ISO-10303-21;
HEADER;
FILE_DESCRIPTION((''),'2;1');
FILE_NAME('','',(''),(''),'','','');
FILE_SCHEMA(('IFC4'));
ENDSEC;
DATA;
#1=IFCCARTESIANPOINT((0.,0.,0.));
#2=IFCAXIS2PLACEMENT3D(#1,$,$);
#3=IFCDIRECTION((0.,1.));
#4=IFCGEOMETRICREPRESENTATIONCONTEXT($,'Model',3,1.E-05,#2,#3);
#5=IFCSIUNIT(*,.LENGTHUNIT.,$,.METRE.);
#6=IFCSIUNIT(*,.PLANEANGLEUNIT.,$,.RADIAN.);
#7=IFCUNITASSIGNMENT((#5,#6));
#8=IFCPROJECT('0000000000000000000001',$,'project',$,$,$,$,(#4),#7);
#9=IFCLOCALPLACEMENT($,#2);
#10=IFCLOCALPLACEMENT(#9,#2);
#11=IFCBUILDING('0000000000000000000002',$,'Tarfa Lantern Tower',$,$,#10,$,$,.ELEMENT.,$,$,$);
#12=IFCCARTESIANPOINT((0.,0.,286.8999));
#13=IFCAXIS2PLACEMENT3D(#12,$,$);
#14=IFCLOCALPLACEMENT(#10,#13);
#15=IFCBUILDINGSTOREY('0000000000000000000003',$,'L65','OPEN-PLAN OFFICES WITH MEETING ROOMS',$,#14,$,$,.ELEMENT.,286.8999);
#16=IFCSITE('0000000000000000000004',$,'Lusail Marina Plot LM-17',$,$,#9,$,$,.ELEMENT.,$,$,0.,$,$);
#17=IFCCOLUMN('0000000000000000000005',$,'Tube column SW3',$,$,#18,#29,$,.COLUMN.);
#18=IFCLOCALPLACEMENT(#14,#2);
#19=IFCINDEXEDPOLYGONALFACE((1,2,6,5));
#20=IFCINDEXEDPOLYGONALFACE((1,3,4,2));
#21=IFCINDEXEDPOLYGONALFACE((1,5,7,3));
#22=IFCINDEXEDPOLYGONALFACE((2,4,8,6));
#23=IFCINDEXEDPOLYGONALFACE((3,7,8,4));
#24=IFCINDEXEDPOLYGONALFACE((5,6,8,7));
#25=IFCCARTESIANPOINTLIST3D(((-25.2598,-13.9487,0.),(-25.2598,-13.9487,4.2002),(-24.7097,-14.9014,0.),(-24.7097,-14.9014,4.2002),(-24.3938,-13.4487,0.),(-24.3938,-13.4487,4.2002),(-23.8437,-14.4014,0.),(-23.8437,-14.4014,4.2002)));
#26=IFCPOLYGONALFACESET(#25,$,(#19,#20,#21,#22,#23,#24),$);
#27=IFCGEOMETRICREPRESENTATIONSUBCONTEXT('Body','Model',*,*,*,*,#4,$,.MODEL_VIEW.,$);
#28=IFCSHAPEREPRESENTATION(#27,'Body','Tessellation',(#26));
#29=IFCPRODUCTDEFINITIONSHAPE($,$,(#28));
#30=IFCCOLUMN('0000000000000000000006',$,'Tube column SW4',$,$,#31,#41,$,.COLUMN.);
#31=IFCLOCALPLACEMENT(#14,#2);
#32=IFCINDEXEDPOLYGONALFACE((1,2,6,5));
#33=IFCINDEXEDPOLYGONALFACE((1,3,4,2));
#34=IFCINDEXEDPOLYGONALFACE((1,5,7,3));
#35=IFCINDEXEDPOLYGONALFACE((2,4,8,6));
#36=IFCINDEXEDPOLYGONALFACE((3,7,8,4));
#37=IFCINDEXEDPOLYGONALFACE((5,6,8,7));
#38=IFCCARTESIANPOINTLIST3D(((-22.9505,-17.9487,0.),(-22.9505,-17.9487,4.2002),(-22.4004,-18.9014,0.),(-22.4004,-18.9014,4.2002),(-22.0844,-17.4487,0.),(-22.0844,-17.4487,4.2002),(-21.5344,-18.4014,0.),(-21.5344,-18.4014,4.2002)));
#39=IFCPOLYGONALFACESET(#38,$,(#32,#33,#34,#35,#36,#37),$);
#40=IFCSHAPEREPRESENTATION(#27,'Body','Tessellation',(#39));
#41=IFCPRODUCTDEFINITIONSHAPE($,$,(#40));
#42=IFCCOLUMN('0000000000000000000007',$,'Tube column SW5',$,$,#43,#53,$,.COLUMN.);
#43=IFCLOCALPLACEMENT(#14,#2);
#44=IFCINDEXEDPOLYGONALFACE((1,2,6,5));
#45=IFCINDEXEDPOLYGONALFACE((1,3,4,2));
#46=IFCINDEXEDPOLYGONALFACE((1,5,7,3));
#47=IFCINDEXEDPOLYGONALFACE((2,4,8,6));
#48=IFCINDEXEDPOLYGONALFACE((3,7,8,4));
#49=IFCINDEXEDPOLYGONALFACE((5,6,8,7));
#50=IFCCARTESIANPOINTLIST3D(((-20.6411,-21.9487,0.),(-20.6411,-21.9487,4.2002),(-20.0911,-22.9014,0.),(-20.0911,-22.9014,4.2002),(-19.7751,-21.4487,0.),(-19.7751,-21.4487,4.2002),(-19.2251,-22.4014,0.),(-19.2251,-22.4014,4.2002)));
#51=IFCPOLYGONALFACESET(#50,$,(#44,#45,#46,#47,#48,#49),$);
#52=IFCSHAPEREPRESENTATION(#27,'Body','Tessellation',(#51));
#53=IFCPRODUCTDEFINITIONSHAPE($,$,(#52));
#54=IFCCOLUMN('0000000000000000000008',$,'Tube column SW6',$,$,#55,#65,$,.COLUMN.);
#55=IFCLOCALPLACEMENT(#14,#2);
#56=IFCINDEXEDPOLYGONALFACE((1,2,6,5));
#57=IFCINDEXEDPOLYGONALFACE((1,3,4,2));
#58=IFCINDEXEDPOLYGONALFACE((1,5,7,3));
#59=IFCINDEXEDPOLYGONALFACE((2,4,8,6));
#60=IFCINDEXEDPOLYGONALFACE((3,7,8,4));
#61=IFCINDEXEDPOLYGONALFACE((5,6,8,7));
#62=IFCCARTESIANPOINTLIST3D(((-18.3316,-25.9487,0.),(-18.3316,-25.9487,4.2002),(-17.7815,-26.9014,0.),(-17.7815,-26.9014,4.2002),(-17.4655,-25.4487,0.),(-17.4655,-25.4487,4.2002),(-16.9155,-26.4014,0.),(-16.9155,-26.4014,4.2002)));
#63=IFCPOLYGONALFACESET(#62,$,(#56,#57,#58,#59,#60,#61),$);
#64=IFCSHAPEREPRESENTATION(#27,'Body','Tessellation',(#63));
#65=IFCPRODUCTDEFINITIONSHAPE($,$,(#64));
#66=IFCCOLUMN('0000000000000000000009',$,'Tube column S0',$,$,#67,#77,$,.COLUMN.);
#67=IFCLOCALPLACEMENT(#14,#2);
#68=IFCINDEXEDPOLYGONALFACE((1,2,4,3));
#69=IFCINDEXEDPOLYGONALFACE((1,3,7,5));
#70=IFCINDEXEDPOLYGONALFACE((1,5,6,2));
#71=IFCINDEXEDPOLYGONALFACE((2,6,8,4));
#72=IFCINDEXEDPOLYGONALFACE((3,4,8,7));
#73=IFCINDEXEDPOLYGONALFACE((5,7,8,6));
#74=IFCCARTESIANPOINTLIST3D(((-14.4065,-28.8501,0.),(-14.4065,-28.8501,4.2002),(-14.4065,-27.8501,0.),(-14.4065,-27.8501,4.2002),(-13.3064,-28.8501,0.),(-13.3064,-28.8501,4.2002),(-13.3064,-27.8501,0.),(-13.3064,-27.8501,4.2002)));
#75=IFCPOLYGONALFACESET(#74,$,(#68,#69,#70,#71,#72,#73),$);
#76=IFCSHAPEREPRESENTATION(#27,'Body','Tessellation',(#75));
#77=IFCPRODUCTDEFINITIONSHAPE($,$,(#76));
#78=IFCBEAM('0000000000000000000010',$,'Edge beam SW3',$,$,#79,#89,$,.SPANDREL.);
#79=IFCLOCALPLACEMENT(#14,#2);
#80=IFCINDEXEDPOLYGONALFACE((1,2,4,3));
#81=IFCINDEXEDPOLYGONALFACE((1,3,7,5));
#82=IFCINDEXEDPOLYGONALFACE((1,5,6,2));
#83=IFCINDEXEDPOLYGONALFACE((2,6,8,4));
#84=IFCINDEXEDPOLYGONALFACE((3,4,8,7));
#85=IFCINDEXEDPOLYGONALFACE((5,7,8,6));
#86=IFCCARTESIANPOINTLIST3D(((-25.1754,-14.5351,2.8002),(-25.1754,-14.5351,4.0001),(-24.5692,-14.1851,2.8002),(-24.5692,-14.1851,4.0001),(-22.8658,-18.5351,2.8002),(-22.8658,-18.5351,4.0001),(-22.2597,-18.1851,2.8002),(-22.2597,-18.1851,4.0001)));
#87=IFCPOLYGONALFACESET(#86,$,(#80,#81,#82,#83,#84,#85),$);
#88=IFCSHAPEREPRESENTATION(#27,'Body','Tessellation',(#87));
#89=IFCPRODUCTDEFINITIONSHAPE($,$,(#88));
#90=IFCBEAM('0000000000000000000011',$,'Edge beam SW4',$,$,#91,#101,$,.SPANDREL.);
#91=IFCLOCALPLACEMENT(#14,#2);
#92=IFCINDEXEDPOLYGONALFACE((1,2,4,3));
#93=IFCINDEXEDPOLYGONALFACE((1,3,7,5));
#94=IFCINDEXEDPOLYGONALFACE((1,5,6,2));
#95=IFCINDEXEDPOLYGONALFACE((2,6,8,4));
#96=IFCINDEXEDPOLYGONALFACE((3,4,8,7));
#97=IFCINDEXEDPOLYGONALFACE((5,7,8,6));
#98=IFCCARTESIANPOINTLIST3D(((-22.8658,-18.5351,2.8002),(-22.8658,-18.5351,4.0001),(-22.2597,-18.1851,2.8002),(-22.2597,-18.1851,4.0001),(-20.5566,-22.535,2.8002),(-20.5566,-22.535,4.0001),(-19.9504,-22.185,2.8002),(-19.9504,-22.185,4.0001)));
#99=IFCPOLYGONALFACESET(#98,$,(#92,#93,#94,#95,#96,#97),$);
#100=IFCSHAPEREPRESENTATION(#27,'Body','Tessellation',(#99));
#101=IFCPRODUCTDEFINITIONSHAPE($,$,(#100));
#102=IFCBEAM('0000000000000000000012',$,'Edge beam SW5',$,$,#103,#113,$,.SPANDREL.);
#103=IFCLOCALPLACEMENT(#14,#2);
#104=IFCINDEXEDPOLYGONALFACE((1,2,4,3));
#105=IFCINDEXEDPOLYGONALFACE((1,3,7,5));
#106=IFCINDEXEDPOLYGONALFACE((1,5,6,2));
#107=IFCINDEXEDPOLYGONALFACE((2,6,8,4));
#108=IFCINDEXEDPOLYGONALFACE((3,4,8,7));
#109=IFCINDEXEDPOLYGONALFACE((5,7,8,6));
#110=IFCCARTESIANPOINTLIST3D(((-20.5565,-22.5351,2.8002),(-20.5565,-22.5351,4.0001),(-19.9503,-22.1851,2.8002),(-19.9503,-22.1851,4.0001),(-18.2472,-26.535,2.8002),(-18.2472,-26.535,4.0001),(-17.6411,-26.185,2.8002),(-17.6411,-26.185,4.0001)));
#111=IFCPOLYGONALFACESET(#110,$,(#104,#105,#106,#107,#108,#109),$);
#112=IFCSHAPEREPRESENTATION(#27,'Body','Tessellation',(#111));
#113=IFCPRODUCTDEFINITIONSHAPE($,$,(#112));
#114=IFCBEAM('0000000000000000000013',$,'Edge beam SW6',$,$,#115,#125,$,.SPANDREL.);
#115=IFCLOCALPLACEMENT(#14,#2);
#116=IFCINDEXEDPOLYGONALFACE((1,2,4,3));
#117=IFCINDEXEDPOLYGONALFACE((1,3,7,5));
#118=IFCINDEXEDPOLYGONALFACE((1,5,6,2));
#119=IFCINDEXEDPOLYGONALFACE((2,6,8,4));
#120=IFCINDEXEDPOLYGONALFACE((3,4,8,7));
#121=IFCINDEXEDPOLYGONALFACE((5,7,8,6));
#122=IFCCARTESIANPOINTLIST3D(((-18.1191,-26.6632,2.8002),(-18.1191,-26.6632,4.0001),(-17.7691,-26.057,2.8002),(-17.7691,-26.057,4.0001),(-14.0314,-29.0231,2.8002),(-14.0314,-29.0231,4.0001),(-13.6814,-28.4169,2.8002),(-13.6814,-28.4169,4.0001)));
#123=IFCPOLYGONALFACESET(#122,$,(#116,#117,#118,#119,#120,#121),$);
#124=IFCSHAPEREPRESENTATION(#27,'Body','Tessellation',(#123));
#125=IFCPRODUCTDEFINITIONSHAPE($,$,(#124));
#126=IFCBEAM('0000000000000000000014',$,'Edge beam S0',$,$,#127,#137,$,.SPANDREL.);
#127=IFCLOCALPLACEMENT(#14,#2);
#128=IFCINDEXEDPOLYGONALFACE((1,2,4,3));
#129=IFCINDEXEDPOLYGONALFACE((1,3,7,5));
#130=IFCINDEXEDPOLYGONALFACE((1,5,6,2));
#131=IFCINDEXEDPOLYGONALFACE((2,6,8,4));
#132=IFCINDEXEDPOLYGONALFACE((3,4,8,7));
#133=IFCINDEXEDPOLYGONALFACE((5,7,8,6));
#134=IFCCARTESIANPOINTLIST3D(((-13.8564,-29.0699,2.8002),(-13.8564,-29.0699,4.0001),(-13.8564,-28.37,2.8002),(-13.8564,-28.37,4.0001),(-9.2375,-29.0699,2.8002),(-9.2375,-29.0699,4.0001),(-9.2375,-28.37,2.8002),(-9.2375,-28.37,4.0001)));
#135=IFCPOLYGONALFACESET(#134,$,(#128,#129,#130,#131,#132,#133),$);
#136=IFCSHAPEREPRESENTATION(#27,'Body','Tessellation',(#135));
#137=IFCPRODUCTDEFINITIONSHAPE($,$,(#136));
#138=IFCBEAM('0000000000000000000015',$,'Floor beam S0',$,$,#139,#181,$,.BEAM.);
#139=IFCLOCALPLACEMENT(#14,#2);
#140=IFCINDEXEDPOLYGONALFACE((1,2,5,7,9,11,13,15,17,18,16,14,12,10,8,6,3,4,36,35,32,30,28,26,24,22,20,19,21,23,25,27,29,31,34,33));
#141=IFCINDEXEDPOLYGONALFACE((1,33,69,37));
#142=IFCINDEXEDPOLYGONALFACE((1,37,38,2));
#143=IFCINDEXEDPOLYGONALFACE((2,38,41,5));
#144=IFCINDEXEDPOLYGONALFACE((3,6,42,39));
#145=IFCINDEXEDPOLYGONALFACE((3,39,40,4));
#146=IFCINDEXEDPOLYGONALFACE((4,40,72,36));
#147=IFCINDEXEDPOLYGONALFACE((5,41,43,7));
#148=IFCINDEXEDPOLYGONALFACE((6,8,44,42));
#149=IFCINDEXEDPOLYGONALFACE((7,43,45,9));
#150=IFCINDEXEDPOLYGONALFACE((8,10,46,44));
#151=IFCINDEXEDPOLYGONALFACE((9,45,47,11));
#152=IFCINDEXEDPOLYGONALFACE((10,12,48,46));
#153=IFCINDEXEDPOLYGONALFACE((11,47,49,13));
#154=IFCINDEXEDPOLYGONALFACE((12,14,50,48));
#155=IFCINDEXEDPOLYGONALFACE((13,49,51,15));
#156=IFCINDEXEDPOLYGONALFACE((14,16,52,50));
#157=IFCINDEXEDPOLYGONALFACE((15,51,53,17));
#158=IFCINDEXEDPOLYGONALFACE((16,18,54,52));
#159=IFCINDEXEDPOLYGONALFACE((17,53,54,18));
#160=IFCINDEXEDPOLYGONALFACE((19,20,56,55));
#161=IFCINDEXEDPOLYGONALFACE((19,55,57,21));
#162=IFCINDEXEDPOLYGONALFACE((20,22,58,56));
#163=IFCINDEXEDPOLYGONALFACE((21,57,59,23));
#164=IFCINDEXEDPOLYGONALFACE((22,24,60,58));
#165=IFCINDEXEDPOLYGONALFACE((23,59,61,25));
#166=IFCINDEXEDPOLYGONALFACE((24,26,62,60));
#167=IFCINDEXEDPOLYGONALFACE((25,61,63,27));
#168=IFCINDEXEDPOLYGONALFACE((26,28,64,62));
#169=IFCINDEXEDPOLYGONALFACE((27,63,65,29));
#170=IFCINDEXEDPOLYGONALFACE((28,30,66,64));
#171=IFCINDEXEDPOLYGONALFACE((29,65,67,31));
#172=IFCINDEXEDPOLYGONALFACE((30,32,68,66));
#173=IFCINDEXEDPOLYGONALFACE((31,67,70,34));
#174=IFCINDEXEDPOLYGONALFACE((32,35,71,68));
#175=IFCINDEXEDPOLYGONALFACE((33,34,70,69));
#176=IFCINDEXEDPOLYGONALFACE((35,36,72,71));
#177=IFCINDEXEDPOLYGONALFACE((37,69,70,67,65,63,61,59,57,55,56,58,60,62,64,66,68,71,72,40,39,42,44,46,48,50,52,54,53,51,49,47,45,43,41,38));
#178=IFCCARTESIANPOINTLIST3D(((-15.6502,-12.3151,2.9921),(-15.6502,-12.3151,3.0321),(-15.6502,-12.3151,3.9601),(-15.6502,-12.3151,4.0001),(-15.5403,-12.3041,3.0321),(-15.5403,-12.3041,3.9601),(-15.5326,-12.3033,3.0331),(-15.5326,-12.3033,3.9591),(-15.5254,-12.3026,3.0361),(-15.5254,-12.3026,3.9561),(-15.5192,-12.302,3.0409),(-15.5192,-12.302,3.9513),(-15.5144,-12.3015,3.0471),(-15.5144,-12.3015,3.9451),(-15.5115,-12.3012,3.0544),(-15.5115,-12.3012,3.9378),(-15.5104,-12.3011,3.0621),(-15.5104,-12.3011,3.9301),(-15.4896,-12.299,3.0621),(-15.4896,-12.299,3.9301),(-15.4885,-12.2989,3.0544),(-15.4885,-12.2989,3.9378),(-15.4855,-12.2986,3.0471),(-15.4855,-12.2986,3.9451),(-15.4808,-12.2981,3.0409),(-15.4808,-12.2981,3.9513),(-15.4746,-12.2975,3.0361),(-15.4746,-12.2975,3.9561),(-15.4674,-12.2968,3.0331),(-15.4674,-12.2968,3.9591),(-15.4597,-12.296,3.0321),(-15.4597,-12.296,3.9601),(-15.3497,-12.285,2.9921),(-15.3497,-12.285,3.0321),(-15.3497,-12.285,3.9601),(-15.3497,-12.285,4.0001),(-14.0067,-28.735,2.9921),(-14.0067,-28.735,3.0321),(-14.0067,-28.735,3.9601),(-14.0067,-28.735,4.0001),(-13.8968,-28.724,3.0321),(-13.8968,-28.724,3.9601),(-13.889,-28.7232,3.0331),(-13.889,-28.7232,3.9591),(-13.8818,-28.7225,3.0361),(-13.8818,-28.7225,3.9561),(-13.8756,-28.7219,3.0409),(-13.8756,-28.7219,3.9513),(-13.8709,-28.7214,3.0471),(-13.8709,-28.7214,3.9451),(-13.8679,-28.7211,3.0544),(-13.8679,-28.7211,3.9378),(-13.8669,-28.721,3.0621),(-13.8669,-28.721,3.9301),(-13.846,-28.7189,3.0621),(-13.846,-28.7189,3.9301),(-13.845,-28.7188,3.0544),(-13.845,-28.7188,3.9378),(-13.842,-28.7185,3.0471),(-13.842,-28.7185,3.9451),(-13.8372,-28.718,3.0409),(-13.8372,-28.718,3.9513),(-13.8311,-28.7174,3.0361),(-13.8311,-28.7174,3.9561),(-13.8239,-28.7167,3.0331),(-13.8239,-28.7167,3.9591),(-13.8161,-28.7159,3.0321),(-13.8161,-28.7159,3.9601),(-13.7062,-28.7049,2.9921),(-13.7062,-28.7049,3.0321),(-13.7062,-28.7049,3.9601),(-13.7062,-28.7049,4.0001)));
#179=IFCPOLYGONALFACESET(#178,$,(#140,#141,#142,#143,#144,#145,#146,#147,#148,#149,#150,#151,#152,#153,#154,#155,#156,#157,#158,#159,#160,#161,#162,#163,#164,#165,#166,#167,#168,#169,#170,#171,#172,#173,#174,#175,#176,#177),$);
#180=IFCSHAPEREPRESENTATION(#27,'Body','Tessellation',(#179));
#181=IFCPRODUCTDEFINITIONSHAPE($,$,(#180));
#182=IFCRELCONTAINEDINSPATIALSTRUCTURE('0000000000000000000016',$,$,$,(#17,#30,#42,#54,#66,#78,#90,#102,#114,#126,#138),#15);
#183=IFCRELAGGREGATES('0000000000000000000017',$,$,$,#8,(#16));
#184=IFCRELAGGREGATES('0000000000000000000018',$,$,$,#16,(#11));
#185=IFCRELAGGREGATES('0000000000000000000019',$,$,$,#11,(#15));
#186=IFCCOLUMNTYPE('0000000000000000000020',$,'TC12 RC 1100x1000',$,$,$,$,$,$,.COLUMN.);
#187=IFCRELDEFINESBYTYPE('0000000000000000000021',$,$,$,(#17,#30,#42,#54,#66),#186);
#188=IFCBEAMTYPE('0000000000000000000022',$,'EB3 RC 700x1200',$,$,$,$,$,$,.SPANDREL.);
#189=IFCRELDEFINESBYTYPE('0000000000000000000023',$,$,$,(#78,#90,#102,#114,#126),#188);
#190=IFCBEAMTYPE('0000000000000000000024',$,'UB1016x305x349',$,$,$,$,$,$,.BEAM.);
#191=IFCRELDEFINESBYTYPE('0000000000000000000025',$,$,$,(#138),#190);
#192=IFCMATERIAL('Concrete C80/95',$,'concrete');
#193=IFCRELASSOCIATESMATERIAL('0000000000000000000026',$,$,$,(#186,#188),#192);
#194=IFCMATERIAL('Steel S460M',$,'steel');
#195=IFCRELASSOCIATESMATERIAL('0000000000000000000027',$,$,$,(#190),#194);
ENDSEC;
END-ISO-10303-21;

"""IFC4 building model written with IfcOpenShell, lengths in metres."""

from ifc_helpers import new_model, si_unit, direction, frame, origin, origin_2d, place, context, subcontext, project, spatial, rectangle, i_section, extrude, material, material_profile, profile_set, type_object, element, save


model = new_model("IFC4")

# Units and contexts
model_context = context("Model", 3, precision=1e-05, world=origin(), true_north=direction((0.0, 1.0)))
body_context = subcontext(model_context, "Body", "Model", "MODEL_VIEW")
ifc_project = project(units=[si_unit("LENGTHUNIT", "METRE"), si_unit("PLANEANGLEUNIT", "RADIAN")], contexts=[model_context])

# Site, building, storey
site_placement = place(None, origin())
site = spatial("IfcSite", under=ifc_project, at=site_placement, Name="Lusail Marina Plot LM-17", CompositionType="ELEMENT", RefElevation=0.0)
building_placement = place(site_placement, origin())
building = spatial("IfcBuilding", under=site, at=building_placement, Name="Tarfa Lantern Tower", CompositionType="ELEMENT")
storey_placement = place(building_placement, frame((0.0, 0.0, 286.8999)))
storey = spatial("IfcBuildingStorey", under=building, at=storey_placement, Name="L65", Description="OPEN-PLAN OFFICES WITH MEETING ROOMS", CompositionType="ELEMENT", Elevation=286.8999)

# Columns
ifc_material_1 = material(Name="Concrete C80/95", Category="concrete")
ifc_material_profile_1 = material_profile(ifc_material_1, rectangle(XDim=1.1001, YDim=1.0, at=origin_2d()), Name="RC 1100x1000")
ifc_profile_set_1 = profile_set([ifc_material_profile_1], Name="Concrete C80/95")
column_type = type_object("IfcColumnType", Name="TC12 RC 1100x1000", PredefinedType="COLUMN", material=ifc_profile_set_1)
for number, where, z_axis, x_axis, name in (
    (1, (-24.5518, -14.175, 0.0), (0.0, 0.0, 1.0), (0.5, -0.866025, 0.0), "Tube column SW3"),
    (2, (-22.2424, -18.175, 0.0), (0.0, 0.0, 1.0), (0.5, -0.866025, 0.0), "Tube column SW4"),
    (3, (-19.9331, -22.175, 0.0), (0.0, 0.0, 1.0), (0.5, -0.866025, 0.0), "Tube column SW5"),
    (4, (-17.6235, -26.175, 0.0), (0.0, 0.0, 1.0), (0.5, -0.866025, 0.0), "Tube column SW6"),
    (5, (-13.8564, -28.3501, 0.0), (0.0, 0.0, 1.0), (1.0, 0.0, 0.0), "Tube column S0"),
):
    element("IfcColumn", number, at=place(storey_placement, frame(where, z_axis=z_axis, x_axis=x_axis)), inside=storey, type_object=column_type, Name=name, PredefinedType="COLUMN", context=body_context, shape_type="SweptSolid", body=[
        extrude(rectangle(XDim=1.1001, YDim=1.0, at=origin_2d()), origin(), (0.0, 0.0, 1.0), 4.2002),
    ])

# Beams
ifc_material_profile_2 = material_profile(ifc_material_1, rectangle(XDim=0.7, YDim=1.2, at=origin_2d()), Name="RC 700x1200")
ifc_profile_set_2 = profile_set([ifc_material_profile_2], Name="Concrete C80/95")
beam_type_1 = type_object("IfcBeamType", Name="EB3 RC 700x1200", PredefinedType="SPANDREL", material=ifc_profile_set_2)
beam_1_placement = place(storey_placement, frame((-24.8723, -14.3601, 3.4001), z_axis=(0.500027, -0.86601, 0.0), x_axis=(0.86601, 0.500027, 0.0)))
element("IfcBeam", 6, at=beam_1_placement, inside=storey, type_object=beam_type_1, Name="Edge beam SW3", PredefinedType="SPANDREL", context=body_context, shape_type="SweptSolid", body=[
    extrude(rectangle(XDim=0.7, YDim=1.2, at=origin_2d()), origin(), (0.0, 0.0, 1.0), 4.6189),
])
for number, where, z_axis, x_axis, name in (
    (7, (-22.5627, -18.3601, 3.4001), (0.499988, -0.866032, 0.0), (0.866032, 0.499988, 0.0), "Edge beam SW4"),
    (8, (-20.2534, -22.3601, 3.4001), (0.499988, -0.866032, 0.0), (0.866032, 0.499988, 0.0), "Edge beam SW5"),
):
    element("IfcBeam", number, at=place(storey_placement, frame(where, z_axis=z_axis, x_axis=x_axis)), inside=storey, type_object=beam_type_1, Name=name, PredefinedType="SPANDREL", context=body_context, shape_type="SweptSolid", body=[
        extrude(rectangle(XDim=0.7, YDim=1.2, at=origin_2d()), origin(), (0.0, 0.0, 1.0), 4.6187),
    ])
beam_2_placement = place(storey_placement, frame((-17.9441, -26.3601, 3.4001), z_axis=(0.866038, -0.499978, 0.0), x_axis=(0.499978, 0.866038, 0.0)))
element("IfcBeam", 9, at=beam_2_placement, inside=storey, type_object=beam_type_1, Name="Edge beam SW6", PredefinedType="SPANDREL", context=body_context, shape_type="SweptSolid", body=[
    extrude(rectangle(XDim=0.7, YDim=1.2, at=origin_2d()), origin(), (0.0, 0.0, 1.0), 4.72),
])
beam_3_placement = place(storey_placement, frame((-13.8564, -28.72, 3.4001), z_axis=(1.0, 0.0, 0.0), x_axis=(0.0, 1.0, 0.0)))
element("IfcBeam", 10, at=beam_3_placement, inside=storey, type_object=beam_type_1, Name="Edge beam S0", PredefinedType="SPANDREL", context=body_context, shape_type="SweptSolid", body=[
    extrude(rectangle(XDim=0.7, YDim=1.2, at=origin_2d()), origin(), (0.0, 0.0, 1.0), 4.6189),
])
ifc_material_2 = material(Name="Steel S460M", Category="steel")
ifc_material_profile_3 = material_profile(ifc_material_2, i_section(OverallWidth=0.302, OverallDepth=1.0081, WebThickness=0.021, FlangeThickness=0.04, FilletRadius=0.03, at=origin_2d()), Name="UB1016x305x349")
ifc_profile_set_3 = profile_set([ifc_material_profile_3], Name="Steel S460M")
beam_type_2 = type_object("IfcBeamType", Name="UB1016x305x349", PredefinedType="BEAM", material=ifc_profile_set_3)
beam_4_placement = place(storey_placement, frame((-13.8564, -28.72, 3.4961), z_axis=(-0.099597, 0.995028, 0.0), x_axis=(-0.995028, -0.099597, 0.0)))
element("IfcBeam", 11, at=beam_4_placement, inside=storey, type_object=beam_type_2, Name="Floor beam S0", PredefinedType="BEAM", context=body_context, shape_type="SweptSolid", body=[
    extrude(i_section(OverallWidth=0.302, OverallDepth=1.0081, WebThickness=0.021, FlangeThickness=0.04, FilletRadius=0.03, at=origin_2d()), origin(), (0.0, 0.0, 1.0), 16.502),
])

save(model, "model.ifc")
